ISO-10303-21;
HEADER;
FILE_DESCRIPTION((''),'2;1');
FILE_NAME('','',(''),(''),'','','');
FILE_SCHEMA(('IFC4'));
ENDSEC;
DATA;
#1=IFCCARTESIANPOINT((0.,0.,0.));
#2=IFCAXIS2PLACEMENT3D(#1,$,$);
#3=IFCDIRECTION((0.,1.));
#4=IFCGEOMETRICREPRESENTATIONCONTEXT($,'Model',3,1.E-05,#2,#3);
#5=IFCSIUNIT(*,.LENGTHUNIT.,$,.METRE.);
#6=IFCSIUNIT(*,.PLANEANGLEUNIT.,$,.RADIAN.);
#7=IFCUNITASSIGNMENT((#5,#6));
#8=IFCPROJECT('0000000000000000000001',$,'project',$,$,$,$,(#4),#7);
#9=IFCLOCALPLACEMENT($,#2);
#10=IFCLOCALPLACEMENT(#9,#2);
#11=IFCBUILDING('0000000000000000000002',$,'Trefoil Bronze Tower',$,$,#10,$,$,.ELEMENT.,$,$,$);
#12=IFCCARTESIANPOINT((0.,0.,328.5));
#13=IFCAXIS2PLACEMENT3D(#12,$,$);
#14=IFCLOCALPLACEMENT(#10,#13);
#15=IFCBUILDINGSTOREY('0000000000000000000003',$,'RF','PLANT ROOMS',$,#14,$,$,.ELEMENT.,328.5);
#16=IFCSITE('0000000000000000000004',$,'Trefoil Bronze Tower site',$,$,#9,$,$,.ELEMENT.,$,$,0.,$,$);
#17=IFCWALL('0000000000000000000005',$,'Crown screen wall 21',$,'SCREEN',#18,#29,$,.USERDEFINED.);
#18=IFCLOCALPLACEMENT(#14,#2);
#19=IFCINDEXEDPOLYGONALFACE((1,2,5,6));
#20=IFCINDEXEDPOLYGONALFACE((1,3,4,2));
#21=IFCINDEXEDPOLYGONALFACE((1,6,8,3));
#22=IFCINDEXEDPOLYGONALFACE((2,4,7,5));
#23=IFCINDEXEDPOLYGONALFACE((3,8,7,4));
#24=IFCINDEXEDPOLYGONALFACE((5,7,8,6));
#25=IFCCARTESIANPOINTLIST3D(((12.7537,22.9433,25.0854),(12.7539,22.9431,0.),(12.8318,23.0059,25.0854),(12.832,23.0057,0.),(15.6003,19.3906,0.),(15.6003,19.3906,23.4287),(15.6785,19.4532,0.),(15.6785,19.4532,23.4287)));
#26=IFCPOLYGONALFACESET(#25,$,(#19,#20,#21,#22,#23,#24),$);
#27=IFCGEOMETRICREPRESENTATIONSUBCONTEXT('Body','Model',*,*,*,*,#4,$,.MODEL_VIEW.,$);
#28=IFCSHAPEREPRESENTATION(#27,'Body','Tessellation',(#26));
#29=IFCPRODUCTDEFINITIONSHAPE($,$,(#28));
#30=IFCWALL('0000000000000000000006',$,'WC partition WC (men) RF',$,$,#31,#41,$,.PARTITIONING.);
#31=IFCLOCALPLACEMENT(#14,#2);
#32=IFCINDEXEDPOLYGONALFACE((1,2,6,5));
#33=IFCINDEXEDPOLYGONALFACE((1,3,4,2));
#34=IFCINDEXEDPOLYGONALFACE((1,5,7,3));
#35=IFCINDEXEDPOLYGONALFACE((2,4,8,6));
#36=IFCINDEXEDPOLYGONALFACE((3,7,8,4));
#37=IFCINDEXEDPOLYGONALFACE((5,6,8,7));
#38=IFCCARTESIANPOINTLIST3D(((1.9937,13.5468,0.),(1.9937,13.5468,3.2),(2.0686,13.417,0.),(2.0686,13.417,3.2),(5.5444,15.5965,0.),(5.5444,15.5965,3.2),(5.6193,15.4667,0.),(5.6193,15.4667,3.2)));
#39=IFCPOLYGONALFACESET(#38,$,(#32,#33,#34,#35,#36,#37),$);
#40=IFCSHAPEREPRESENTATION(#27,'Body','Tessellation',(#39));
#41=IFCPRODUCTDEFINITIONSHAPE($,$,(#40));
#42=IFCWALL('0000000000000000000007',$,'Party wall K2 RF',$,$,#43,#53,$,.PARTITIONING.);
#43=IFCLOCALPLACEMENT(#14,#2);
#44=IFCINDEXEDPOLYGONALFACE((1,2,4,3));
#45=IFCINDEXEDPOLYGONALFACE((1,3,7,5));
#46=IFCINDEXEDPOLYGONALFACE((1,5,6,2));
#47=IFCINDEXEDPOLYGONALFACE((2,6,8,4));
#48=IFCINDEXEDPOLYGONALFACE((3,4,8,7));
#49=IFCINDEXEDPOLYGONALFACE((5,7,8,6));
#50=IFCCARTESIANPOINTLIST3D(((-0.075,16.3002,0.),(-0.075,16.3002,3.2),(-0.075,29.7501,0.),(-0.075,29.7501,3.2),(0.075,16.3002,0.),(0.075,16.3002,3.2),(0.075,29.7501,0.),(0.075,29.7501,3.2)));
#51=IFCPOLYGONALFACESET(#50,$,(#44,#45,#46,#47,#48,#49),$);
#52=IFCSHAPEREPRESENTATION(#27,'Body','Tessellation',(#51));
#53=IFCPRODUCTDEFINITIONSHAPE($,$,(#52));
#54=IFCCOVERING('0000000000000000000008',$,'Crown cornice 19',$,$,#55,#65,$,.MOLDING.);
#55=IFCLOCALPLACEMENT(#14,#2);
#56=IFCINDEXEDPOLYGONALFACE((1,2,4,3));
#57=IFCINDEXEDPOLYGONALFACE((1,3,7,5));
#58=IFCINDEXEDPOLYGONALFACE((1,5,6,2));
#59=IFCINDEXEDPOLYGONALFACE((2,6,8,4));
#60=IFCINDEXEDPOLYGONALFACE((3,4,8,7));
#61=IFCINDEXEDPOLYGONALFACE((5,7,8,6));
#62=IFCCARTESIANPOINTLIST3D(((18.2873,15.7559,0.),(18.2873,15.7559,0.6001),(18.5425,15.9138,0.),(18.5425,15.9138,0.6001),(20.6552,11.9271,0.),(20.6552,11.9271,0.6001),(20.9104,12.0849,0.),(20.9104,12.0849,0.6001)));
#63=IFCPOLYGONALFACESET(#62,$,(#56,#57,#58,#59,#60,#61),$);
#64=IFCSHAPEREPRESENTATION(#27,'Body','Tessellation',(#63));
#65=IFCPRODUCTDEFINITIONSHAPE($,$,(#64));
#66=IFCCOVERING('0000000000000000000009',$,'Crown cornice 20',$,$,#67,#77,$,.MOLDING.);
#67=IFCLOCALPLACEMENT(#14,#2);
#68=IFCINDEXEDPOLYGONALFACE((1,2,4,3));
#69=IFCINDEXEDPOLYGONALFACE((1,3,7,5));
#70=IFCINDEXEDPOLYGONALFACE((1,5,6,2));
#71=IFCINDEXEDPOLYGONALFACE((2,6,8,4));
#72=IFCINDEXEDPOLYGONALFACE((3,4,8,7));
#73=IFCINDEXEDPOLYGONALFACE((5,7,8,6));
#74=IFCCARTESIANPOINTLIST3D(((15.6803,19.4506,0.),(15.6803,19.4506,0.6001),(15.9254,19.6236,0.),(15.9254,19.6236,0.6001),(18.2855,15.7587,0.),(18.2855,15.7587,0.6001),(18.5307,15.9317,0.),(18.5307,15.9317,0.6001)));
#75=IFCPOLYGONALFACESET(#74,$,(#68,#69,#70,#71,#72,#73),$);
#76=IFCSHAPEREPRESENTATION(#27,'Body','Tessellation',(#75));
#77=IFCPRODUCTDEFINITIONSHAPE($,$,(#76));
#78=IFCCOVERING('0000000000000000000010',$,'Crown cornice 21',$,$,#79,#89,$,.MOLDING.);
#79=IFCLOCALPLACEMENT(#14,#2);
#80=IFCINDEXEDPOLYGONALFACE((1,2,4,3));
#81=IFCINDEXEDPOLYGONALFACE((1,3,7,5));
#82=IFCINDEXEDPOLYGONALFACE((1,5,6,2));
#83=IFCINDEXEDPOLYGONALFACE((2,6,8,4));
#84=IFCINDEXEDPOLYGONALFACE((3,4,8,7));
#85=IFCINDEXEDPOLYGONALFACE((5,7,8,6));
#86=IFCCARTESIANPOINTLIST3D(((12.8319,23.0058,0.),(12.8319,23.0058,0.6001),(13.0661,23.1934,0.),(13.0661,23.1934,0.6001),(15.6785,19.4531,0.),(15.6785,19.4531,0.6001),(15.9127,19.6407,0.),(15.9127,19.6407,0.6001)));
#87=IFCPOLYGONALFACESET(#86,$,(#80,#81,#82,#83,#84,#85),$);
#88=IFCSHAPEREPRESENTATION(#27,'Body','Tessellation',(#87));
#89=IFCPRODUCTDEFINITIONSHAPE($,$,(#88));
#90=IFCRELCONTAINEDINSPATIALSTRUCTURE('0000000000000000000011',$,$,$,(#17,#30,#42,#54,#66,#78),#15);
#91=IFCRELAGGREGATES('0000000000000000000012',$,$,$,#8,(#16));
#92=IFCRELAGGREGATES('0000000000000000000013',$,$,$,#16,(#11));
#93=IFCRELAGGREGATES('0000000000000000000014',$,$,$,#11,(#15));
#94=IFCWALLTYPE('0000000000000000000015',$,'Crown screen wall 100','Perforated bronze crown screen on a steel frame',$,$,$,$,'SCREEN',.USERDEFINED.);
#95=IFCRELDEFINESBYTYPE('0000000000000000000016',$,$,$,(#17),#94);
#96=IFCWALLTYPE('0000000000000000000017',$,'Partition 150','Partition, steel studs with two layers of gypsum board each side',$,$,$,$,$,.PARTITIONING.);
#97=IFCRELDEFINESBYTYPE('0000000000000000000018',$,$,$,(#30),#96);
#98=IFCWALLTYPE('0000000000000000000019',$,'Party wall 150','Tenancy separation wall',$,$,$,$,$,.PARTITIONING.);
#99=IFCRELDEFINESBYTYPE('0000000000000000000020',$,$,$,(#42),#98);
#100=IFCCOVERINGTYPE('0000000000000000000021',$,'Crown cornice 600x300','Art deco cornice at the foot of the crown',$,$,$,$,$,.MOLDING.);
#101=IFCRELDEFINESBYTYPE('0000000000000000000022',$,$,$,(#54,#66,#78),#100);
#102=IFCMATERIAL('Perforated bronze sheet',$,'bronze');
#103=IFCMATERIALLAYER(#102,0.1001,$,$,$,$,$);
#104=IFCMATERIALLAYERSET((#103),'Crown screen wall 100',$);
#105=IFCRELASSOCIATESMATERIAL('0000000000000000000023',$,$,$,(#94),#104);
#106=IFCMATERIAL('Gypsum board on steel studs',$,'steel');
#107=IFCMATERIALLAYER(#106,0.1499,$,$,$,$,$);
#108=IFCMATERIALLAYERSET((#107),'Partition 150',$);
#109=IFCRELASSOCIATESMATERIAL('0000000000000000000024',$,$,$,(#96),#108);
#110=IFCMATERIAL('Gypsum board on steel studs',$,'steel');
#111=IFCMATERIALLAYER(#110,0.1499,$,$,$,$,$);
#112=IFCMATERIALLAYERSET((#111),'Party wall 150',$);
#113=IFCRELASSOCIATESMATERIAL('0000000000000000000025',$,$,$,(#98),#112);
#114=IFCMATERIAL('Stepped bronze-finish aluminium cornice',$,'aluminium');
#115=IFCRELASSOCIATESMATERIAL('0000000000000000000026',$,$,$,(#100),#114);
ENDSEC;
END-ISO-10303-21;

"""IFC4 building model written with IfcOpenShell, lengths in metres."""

from ifc_helpers import new_model, si_unit, direction, frame, frame_2d, origin, origin_2d, place, context, subcontext, project, spatial, polyline, rectangle, outline, extrude, material, layer, layer_set, type_object, element, save


model = new_model("IFC4")

# Units and contexts
model_context = context("Model", 3, precision=1e-05, world=origin(), true_north=direction((0.0, 1.0)))
body_context = subcontext(model_context, "Body", "Model", "MODEL_VIEW")
ifc_project = project(units=[si_unit("LENGTHUNIT", "METRE"), si_unit("PLANEANGLEUNIT", "RADIAN")], contexts=[model_context])

# Site, building, storey
site_placement = place(None, origin())
site = spatial("IfcSite", under=ifc_project, at=site_placement, Name="Trefoil Bronze Tower site", CompositionType="ELEMENT", RefElevation=0.0)
building_placement = place(site_placement, origin())
building = spatial("IfcBuilding", under=site, at=building_placement, Name="Trefoil Bronze Tower", CompositionType="ELEMENT")
storey_placement = place(building_placement, frame((0.0, 0.0, 328.5)))
storey = spatial("IfcBuildingStorey", under=building, at=storey_placement, Name="RF", Description="PLANT ROOMS", CompositionType="ELEMENT", Elevation=328.5)

# Walls
ifc_material_1 = material(Name="Perforated bronze sheet", Category="bronze")
ifc_layer_1 = layer(ifc_material_1, 0.1001)
ifc_layer_set_1 = layer_set([ifc_layer_1], Name="Crown screen wall 100")
wall_type_1 = type_object("IfcWallType", Name="Crown screen wall 100", Description="Perforated bronze crown screen on a steel frame", ElementType="SCREEN", PredefinedType="USERDEFINED", material=ifc_layer_set_1)
wall_1_placement = place(storey_placement, frame((15.6394, 19.4219, 0.0), z_axis=(0.0, 0.0, 1.0), x_axis=(-0.62529, 0.780392, 0.0)))
element("IfcWall", 1, at=wall_1_placement, inside=storey, type_object=wall_type_1, Name="Crown screen wall 21", ObjectType="SCREEN", PredefinedType="USERDEFINED", context=body_context, shape_type="SweptSolid", body=[
    extrude(outline(polyline([(0.0, 0.0), (4.5522, 0.0), (4.5525, 25.0854), (0.0, 23.4287), (0.0, 0.0)])), frame((0.0, 0.05, 0.0), z_axis=(0.0, -1.0, 0.0), x_axis=(1.0, 0.0, 0.0)), (0.0, 0.0, 1.0), 0.1001),
])
ifc_material_2 = material(Name="Gypsum board on steel studs", Category="steel")
ifc_layer_2 = layer(ifc_material_2, 0.1499)
ifc_layer_set_2 = layer_set([ifc_layer_2], Name="Partition 150")
wall_type_2 = type_object("IfcWallType", Name="Partition 150", Description="Partition, steel studs with two layers of gypsum board each side", PredefinedType="PARTITIONING", material=ifc_layer_set_2)
wall_2_placement = place(storey_placement, frame((2.0312, 13.4819, 0.0), z_axis=(0.0, 0.0, 1.0), x_axis=(0.866051, 0.499956, 0.0)))
element("IfcWall", 2, at=wall_2_placement, inside=storey, type_object=wall_type_2, Name="WC partition WC (men) RF", PredefinedType="PARTITIONING", context=body_context, shape_type="SweptSolid", body=[
    extrude(rectangle(XDim=4.0999, YDim=0.1499, at=frame_2d((2.0498, 0.0))), origin(), (0.0, 0.0, 1.0), 3.2),
])
ifc_material_3 = material(Name="Gypsum board on steel studs", Category="steel")
ifc_layer_3 = layer(ifc_material_3, 0.1499)
ifc_layer_set_3 = layer_set([ifc_layer_3], Name="Party wall 150")
wall_type_3 = type_object("IfcWallType", Name="Party wall 150", Description="Tenancy separation wall", PredefinedType="PARTITIONING", material=ifc_layer_set_3)
wall_3_placement = place(storey_placement, frame((0.0, 16.3, 0.0), z_axis=(0.0, 0.0, 1.0), x_axis=(0.0, 1.0, 0.0)))
element("IfcWall", 3, at=wall_3_placement, inside=storey, type_object=wall_type_3, Name="Party wall K2 RF", PredefinedType="PARTITIONING", context=body_context, shape_type="SweptSolid", body=[
    extrude(rectangle(XDim=13.45, YDim=0.1499, at=frame_2d((6.7251, 0.0))), origin(), (0.0, 0.0, 1.0), 3.2),
])

# Coverings
ifc_material_4 = material(Name="Stepped bronze-finish aluminium cornice", Category="aluminium")
covering_type = type_object("IfcCoveringType", Name="Crown cornice 600x300", Description="Art deco cornice at the foot of the crown", PredefinedType="MOLDING", material=ifc_material_4)
covering_1_placement = place(storey_placement, frame((19.5989, 13.9204, 0.0), z_axis=(0.0, 0.0, 1.0), x_axis=(-0.52598, 0.850497, 0.0)))
element("IfcCovering", 4, at=covering_1_placement, inside=storey, type_object=covering_type, Name="Crown cornice 19", PredefinedType="MOLDING", context=body_context, shape_type="SweptSolid", body=[
    extrude(rectangle(XDim=4.502, YDim=0.3, at=origin_2d()), origin(), (0.0, 0.0, 1.0), 0.6001),
])
covering_2_placement = place(storey_placement, frame((17.1055, 17.6912, 0.0), z_axis=(0.0, 0.0, 1.0), x_axis=(-0.576561, 0.817054, 0.0)))
element("IfcCovering", 5, at=covering_2_placement, inside=storey, type_object=covering_type, Name="Crown cornice 20", PredefinedType="MOLDING", context=body_context, shape_type="SweptSolid", body=[
    extrude(rectangle(XDim=4.5186, YDim=0.3, at=origin_2d()), origin(), (0.0, 0.0, 1.0), 0.6001),
])
covering_3_placement = place(storey_placement, frame((14.3723, 21.3232, 0.0), z_axis=(0.0, 0.0, 1.0), x_axis=(-0.625287, 0.780395, 0.0)))
element("IfcCovering", 6, at=covering_3_placement, inside=storey, type_object=covering_type, Name="Crown cornice 21", PredefinedType="MOLDING", context=body_context, shape_type="SweptSolid", body=[
    extrude(rectangle(XDim=4.5525, YDim=0.3, at=origin_2d()), origin(), (0.0, 0.0, 1.0), 0.6001),
])

save(model, "model.ifc")
